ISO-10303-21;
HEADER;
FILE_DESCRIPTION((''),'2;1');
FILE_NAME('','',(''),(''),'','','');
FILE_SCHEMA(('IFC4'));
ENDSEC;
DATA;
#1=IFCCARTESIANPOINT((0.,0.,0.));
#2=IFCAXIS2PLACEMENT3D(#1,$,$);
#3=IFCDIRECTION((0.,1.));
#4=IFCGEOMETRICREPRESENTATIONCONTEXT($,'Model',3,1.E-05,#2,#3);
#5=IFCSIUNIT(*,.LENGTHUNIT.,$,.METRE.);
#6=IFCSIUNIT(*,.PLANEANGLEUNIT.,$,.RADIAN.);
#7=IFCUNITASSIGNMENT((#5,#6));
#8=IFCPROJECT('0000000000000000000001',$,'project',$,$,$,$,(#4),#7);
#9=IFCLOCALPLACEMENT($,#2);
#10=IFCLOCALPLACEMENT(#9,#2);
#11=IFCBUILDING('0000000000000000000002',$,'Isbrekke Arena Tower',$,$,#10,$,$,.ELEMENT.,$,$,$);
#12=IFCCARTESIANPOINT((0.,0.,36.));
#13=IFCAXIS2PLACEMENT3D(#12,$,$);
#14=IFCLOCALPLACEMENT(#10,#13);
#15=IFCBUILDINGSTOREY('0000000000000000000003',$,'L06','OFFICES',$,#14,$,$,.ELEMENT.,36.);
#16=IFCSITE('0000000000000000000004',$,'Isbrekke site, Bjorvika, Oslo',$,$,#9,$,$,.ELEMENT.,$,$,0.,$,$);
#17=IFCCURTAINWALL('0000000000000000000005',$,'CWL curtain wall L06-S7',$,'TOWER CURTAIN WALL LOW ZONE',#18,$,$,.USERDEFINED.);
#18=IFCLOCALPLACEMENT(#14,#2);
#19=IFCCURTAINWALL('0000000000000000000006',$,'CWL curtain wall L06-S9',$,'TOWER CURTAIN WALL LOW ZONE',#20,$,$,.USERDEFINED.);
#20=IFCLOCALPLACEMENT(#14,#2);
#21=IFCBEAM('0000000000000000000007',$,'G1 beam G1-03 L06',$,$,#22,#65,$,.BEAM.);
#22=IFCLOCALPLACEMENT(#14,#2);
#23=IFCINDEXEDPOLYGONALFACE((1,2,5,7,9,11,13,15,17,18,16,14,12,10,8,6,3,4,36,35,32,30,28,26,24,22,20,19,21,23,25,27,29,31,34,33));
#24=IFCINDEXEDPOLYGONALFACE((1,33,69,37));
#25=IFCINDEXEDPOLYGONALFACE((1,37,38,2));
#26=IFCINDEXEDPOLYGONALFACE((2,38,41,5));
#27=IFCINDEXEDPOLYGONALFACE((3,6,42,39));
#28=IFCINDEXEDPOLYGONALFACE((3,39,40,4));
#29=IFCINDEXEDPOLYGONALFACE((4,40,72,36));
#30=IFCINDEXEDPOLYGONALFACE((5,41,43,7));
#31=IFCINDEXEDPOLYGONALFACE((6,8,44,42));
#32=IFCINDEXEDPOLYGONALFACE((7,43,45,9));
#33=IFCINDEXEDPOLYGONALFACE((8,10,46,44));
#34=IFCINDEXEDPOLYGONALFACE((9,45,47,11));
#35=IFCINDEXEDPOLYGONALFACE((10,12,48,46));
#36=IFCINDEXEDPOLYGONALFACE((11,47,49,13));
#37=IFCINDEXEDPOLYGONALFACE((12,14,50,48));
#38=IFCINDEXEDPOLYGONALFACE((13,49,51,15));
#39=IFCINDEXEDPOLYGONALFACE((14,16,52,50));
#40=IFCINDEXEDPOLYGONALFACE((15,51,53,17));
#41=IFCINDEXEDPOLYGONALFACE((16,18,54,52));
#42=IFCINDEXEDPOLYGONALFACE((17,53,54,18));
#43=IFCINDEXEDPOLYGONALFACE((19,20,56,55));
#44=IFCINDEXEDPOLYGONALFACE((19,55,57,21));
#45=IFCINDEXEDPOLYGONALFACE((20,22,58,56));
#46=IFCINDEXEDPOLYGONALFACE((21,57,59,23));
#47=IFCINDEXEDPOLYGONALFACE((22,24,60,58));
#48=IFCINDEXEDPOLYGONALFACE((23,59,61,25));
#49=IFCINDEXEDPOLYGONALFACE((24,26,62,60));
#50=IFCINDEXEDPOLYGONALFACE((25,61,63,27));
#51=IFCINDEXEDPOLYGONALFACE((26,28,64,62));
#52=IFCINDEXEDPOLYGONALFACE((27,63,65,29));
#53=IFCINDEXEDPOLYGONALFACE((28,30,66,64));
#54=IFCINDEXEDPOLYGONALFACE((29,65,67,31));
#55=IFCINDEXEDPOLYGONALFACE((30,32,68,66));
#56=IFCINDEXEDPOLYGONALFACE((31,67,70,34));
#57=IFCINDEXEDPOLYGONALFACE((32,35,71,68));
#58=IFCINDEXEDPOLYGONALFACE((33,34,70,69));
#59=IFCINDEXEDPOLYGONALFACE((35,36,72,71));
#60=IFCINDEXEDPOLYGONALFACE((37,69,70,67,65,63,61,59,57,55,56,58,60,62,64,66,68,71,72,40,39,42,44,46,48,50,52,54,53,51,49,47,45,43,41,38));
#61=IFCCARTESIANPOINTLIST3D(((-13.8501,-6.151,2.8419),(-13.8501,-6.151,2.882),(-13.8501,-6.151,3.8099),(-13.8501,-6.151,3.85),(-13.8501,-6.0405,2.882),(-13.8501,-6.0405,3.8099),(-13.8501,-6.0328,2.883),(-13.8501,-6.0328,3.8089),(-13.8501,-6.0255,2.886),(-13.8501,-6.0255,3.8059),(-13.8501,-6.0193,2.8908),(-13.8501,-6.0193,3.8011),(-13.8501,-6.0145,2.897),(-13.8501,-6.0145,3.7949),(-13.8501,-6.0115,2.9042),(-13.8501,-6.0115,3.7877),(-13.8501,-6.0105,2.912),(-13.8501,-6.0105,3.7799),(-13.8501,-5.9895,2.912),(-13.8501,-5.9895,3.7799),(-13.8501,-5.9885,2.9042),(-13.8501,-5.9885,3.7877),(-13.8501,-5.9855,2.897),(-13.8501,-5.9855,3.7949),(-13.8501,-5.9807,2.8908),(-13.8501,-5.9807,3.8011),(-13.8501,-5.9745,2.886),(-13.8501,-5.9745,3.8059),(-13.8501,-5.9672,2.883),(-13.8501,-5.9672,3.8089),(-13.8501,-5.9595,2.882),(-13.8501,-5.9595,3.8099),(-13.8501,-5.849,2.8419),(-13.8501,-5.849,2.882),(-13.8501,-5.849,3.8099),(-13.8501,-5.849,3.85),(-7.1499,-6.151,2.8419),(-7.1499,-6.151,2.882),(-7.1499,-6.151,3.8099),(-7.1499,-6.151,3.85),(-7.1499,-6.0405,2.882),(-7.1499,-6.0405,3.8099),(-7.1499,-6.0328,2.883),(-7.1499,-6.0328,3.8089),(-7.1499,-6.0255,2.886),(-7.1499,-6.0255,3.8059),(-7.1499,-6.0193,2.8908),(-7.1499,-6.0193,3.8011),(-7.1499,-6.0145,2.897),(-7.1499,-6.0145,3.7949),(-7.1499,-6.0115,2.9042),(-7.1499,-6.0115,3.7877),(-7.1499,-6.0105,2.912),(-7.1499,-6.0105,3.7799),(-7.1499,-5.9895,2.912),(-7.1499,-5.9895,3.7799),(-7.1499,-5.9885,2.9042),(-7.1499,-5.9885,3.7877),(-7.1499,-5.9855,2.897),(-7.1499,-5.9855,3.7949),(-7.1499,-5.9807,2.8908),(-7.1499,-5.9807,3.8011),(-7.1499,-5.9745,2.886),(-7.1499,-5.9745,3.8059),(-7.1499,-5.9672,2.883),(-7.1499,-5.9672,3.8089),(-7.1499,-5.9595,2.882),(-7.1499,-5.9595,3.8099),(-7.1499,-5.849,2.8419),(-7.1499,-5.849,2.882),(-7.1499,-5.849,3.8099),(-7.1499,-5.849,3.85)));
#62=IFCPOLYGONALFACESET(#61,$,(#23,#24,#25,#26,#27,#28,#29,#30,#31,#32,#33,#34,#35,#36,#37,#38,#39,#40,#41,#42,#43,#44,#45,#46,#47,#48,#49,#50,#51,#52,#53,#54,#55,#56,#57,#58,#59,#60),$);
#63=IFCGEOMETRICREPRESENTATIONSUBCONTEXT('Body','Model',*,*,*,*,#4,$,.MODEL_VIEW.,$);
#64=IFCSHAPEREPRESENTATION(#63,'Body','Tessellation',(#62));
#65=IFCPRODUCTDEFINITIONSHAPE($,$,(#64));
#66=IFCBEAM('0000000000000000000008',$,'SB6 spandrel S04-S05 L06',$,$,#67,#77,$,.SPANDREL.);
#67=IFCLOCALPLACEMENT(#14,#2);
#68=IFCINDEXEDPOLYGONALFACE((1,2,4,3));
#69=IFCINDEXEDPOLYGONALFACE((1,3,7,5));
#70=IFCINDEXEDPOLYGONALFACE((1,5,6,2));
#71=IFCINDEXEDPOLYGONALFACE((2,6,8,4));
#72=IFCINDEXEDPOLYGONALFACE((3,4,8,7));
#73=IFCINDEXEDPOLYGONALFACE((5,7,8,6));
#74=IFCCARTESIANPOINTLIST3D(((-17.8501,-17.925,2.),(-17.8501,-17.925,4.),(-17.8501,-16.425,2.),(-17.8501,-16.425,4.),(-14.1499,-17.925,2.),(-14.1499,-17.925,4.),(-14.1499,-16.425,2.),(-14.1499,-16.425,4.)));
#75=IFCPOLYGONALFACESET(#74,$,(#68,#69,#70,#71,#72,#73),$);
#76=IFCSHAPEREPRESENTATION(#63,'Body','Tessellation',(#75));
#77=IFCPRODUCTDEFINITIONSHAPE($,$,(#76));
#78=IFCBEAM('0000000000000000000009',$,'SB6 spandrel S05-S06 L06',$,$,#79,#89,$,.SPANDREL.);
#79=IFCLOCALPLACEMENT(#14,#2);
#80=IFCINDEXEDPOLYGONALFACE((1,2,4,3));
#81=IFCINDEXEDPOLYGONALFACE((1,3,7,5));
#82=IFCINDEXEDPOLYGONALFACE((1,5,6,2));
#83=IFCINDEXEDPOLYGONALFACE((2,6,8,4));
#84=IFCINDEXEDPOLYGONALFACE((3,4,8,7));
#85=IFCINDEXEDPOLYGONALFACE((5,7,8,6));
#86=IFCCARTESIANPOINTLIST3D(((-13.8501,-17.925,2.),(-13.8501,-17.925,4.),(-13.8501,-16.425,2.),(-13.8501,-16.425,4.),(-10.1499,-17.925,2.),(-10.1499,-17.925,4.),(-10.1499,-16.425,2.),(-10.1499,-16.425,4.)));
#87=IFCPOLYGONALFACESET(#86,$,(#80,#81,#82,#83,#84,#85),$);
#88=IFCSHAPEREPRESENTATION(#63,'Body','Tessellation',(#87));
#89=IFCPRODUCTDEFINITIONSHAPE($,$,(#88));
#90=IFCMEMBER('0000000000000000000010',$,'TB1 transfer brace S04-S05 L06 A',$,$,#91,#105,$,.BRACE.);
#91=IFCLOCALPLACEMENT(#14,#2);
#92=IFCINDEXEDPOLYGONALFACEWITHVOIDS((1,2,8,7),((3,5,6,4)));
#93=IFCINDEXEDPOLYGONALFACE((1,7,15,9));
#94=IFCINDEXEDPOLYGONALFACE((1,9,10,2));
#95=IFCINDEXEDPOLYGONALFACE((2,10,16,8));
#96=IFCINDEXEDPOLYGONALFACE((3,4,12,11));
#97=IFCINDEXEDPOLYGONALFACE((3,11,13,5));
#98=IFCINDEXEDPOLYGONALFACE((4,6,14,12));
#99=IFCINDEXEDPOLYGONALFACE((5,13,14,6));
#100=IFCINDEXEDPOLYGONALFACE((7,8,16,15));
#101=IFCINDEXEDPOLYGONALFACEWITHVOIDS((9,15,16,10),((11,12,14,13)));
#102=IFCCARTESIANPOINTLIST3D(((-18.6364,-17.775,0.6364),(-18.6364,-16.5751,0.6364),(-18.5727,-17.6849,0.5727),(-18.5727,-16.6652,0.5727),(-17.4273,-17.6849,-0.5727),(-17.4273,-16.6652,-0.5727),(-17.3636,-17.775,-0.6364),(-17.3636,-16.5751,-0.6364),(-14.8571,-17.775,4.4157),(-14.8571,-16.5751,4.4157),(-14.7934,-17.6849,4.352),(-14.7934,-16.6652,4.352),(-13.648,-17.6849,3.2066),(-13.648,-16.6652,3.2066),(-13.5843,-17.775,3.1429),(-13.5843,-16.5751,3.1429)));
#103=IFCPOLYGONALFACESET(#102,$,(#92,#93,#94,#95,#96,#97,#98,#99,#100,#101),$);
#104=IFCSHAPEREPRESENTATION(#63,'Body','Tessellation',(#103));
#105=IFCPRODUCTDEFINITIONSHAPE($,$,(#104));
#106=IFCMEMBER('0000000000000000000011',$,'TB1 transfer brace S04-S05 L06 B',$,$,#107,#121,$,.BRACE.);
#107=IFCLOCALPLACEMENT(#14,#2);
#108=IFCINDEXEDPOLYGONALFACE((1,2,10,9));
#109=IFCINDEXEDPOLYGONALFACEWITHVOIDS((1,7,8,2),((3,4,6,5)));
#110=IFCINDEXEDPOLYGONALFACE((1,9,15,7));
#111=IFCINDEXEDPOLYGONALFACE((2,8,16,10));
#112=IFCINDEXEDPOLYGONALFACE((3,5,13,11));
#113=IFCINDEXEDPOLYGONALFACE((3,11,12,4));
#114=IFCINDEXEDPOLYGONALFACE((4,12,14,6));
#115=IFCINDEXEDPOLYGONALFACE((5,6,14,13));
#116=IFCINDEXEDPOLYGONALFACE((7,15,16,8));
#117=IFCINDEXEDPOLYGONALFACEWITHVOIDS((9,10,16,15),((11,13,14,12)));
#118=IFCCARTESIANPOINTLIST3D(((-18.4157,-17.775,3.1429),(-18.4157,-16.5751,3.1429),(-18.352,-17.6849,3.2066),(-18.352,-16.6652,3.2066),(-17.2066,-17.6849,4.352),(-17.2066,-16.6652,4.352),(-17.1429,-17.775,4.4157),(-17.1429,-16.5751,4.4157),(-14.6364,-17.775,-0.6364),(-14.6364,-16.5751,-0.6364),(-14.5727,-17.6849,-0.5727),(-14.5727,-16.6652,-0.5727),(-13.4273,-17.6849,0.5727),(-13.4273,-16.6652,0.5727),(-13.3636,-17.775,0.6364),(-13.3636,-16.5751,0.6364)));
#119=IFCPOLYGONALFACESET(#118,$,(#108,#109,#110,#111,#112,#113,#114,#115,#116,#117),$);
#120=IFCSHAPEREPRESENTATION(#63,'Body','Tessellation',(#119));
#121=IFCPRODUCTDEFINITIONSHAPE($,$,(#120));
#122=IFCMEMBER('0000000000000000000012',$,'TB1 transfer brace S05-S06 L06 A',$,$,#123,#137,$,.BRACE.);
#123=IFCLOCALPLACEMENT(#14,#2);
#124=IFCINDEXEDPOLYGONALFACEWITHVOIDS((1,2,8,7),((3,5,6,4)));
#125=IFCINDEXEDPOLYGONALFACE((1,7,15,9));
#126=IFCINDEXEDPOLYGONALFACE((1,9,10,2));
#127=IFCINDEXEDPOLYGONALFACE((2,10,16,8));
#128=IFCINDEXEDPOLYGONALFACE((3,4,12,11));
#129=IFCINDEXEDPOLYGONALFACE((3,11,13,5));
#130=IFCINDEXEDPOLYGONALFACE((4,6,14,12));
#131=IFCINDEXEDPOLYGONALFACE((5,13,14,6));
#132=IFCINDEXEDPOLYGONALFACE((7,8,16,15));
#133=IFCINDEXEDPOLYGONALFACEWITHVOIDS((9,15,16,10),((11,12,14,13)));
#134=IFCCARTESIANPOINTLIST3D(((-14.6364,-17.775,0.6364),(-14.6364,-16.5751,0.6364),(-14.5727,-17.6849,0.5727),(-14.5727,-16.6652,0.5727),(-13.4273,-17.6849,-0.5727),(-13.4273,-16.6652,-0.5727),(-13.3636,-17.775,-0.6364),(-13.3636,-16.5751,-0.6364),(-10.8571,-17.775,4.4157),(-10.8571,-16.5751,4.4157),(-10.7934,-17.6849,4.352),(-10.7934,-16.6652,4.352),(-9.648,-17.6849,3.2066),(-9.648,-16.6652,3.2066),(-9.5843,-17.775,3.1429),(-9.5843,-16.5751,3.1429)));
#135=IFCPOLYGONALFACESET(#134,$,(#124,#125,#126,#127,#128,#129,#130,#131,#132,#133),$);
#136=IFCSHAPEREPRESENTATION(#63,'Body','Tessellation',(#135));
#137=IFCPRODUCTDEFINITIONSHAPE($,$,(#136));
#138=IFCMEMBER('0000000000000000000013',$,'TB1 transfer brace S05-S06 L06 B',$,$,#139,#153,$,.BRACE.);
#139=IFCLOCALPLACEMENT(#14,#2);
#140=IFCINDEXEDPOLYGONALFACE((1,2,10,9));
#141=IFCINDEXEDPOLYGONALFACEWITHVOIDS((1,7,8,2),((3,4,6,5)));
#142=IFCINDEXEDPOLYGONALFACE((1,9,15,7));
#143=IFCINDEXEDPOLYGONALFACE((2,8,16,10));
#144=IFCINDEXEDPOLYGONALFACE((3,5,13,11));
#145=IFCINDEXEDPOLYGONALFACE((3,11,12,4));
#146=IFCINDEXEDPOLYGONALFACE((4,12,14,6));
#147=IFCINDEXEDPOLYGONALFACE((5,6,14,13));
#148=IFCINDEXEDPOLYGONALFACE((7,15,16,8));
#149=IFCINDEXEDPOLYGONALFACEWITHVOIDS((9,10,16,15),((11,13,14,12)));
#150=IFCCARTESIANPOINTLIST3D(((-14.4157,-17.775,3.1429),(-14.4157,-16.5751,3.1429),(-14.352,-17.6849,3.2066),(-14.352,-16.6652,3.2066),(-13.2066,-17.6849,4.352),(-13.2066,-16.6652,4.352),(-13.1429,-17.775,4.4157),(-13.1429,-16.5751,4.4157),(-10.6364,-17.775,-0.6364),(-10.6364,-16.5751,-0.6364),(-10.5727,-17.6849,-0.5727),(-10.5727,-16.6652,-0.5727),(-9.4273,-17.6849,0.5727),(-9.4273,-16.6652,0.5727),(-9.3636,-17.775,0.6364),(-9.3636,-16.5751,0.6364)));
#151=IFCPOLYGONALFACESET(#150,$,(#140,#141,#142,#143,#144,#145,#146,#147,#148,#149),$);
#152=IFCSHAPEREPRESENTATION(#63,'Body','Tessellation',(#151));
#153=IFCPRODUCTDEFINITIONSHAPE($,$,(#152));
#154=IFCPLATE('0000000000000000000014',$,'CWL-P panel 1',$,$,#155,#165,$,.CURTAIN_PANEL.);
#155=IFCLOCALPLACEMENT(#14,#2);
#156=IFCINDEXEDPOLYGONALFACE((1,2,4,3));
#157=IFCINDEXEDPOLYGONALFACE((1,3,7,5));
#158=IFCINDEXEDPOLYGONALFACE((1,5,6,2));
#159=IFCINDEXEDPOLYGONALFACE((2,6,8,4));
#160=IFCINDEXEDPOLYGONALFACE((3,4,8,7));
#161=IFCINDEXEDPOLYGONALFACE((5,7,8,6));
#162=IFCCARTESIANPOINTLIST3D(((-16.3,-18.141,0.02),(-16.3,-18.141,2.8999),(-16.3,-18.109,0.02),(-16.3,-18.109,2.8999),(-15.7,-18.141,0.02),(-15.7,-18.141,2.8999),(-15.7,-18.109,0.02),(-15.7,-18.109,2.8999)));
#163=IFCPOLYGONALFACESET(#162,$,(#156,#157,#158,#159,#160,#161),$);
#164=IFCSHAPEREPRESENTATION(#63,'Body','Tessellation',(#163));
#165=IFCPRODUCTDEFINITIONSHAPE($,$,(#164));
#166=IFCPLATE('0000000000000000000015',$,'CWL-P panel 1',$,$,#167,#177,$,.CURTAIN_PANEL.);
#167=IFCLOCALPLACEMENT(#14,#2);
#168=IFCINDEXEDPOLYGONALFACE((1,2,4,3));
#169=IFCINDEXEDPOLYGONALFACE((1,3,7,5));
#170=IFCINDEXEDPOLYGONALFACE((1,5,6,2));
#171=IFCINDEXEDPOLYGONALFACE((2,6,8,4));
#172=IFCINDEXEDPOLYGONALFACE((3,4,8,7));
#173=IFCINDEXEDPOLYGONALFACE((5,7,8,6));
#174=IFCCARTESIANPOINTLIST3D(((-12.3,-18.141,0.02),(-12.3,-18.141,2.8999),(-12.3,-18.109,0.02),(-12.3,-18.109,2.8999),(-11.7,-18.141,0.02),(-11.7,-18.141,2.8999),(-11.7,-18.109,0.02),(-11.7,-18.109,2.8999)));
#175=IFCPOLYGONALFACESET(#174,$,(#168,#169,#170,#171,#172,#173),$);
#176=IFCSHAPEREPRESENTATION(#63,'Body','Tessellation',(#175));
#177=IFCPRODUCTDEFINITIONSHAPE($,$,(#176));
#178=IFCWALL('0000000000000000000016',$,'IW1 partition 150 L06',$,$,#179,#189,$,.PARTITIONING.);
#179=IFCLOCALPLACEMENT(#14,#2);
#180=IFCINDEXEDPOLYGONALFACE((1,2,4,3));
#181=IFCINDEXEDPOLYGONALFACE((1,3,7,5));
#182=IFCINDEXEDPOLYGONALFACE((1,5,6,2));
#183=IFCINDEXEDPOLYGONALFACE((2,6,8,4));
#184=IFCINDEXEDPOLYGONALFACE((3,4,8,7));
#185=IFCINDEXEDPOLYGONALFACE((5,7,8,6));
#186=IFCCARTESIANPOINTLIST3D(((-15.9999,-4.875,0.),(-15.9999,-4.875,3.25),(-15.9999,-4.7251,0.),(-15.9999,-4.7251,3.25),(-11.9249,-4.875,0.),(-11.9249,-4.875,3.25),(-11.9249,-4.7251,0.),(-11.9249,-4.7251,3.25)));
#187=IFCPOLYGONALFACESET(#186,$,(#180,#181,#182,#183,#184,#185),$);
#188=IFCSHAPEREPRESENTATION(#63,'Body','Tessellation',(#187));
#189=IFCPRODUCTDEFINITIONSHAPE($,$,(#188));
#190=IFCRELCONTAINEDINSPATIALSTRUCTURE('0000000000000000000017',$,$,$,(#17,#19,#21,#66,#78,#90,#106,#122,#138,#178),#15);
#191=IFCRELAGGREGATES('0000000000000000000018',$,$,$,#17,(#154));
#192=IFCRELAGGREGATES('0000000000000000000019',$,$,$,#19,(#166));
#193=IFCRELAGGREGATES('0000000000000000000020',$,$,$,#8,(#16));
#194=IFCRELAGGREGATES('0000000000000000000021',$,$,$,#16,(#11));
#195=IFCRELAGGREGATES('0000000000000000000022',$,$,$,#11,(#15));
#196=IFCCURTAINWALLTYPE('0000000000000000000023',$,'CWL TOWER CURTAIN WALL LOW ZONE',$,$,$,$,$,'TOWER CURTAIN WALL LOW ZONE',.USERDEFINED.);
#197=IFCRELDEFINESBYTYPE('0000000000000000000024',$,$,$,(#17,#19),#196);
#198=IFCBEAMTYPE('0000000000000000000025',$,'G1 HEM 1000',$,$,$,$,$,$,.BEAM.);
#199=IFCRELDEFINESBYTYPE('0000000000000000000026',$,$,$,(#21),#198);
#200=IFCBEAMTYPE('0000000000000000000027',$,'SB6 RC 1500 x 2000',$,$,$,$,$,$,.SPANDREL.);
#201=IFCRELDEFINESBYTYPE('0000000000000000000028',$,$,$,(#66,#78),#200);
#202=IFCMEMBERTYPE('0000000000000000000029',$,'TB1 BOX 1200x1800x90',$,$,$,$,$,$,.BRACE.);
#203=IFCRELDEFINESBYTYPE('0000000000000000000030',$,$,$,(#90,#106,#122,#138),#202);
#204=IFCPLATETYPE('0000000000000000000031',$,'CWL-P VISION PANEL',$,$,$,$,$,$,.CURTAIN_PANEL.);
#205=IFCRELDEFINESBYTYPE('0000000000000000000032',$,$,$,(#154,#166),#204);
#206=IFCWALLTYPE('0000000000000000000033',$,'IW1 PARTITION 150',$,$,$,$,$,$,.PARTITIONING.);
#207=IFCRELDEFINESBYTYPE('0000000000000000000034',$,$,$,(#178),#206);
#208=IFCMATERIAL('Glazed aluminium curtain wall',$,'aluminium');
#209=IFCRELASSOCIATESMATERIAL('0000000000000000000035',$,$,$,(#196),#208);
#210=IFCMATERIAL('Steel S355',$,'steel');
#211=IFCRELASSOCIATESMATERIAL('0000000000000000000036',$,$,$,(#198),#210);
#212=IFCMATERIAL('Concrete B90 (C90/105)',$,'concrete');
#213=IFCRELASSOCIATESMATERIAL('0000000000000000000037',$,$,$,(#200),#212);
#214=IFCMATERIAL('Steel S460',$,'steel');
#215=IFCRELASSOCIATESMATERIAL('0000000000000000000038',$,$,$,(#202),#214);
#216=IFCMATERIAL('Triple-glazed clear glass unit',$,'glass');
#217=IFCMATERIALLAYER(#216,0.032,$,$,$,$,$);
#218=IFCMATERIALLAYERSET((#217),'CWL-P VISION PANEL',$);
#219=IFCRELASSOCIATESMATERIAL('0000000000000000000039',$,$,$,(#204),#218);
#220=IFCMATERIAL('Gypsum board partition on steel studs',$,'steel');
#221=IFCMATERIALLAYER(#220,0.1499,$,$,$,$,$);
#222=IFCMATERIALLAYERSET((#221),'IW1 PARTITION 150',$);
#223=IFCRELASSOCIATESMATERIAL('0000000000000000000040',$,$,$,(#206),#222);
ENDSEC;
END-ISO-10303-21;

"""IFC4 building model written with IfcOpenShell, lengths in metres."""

from ifc_helpers import new_model, si_unit, direction, frame, frame_2d, origin, origin_2d, place, context, subcontext, project, spatial, rectangle, hollow_rectangle, i_section, extrude, material, layer, layer_set, material_profile, profile_set, type_object, element, aggregate, save


model = new_model("IFC4")

# Units and contexts
model_context = context("Model", 3, precision=1e-05, world=origin(), true_north=direction((0.0, 1.0)))
body_context = subcontext(model_context, "Body", "Model", "MODEL_VIEW")
ifc_project = project(units=[si_unit("LENGTHUNIT", "METRE"), si_unit("PLANEANGLEUNIT", "RADIAN")], contexts=[model_context])

# Site, building, storey
site_placement = place(None, origin())
site = spatial("IfcSite", under=ifc_project, at=site_placement, Name="Isbrekke site, Bjorvika, Oslo", CompositionType="ELEMENT", RefElevation=0.0)
building_placement = place(site_placement, origin())
building = spatial("IfcBuilding", under=site, at=building_placement, Name="Isbrekke Arena Tower", CompositionType="ELEMENT")
storey_placement = place(building_placement, frame((0.0, 0.0, 36.0)))
storey = spatial("IfcBuildingStorey", under=building, at=storey_placement, Name="L06", Description="OFFICES", CompositionType="ELEMENT", Elevation=36.0)

# Shared definitions
ifc_material_1 = material(Name="Glazed aluminium curtain wall", Category="aluminium")
curtain_wall_type = type_object("IfcCurtainWallType", Name="CWL TOWER CURTAIN WALL LOW ZONE", ElementType="TOWER CURTAIN WALL LOW ZONE", PredefinedType="USERDEFINED", material=ifc_material_1)

# Curtain walls
curtain_wall_1_placement = place(storey_placement, origin())
curtain_wall_1 = element("IfcCurtainWall", 1, at=curtain_wall_1_placement, inside=storey, type_object=curtain_wall_type, Name="CWL curtain wall L06-S7", ObjectType="TOWER CURTAIN WALL LOW ZONE", PredefinedType="USERDEFINED")
curtain_wall_2_placement = place(storey_placement, origin())
curtain_wall_2 = element("IfcCurtainWall", 2, at=curtain_wall_2_placement, inside=storey, type_object=curtain_wall_type, Name="CWL curtain wall L06-S9", ObjectType="TOWER CURTAIN WALL LOW ZONE", PredefinedType="USERDEFINED")

# Beams
ifc_material_2 = material(Name="Steel S355", Category="steel")
ifc_material_profile_1 = material_profile(ifc_material_2, i_section(OverallWidth=0.302, OverallDepth=1.0081, WebThickness=0.021, FlangeThickness=0.04, FilletRadius=0.03, at=origin_2d()), Name="HEM 1000")
ifc_profile_set_1 = profile_set([ifc_material_profile_1], Name="Steel S355")
beam_type_1 = type_object("IfcBeamType", Name="G1 HEM 1000", PredefinedType="BEAM", material=ifc_profile_set_1)
beam_1_placement = place(storey_placement, frame((-13.8501, -6.0, 3.3459), z_axis=(1.0, 0.0, 0.0), x_axis=(0.0, 1.0, 0.0)))
element("IfcBeam", 3, at=beam_1_placement, inside=storey, type_object=beam_type_1, Name="G1 beam G1-03 L06", PredefinedType="BEAM", context=body_context, shape_type="SweptSolid", body=[
    extrude(i_section(OverallWidth=0.302, OverallDepth=1.0081, WebThickness=0.021, FlangeThickness=0.04, FilletRadius=0.03, at=origin_2d()), origin(), (0.0, 0.0, 1.0), 6.7002),
])
ifc_material_3 = material(Name="Concrete B90 (C90/105)", Category="concrete")
ifc_material_profile_2 = material_profile(ifc_material_3, rectangle(XDim=1.5, YDim=2.0, at=origin_2d()), Name="RC 1500x2000")
ifc_profile_set_2 = profile_set([ifc_material_profile_2], Name="Concrete B90 (C90/105)")
beam_type_2 = type_object("IfcBeamType", Name="SB6 RC 1500 x 2000", PredefinedType="SPANDREL", material=ifc_profile_set_2)
for number, where, z_axis, x_axis, name in (
    (4, (-17.8501, -17.175, 3.0), (1.0, 0.0, 0.0), (0.0, 1.0, 0.0), "SB6 spandrel S04-S05 L06"),
    (5, (-13.8501, -17.175, 3.0), (1.0, 0.0, 0.0), (0.0, 1.0, 0.0), "SB6 spandrel S05-S06 L06"),
):
    element("IfcBeam", number, at=place(storey_placement, frame(where, z_axis=z_axis, x_axis=x_axis)), inside=storey, type_object=beam_type_2, Name=name, PredefinedType="SPANDREL", context=body_context, shape_type="SweptSolid", body=[
        extrude(rectangle(XDim=1.5, YDim=2.0, at=origin_2d()), origin(), (0.0, 0.0, 1.0), 3.7002),
    ])

# Members
ifc_material_4 = material(Name="Steel S460", Category="steel")
ifc_material_profile_3 = material_profile(ifc_material_4, hollow_rectangle(XDim=1.2, YDim=1.8, WallThickness=0.0901, at=origin_2d()), Name="BOX 1200x1800x90")
ifc_profile_set_3 = profile_set([ifc_material_profile_3], Name="Steel S460")
member_type_1 = type_object("IfcMemberType", Name="TB1 BOX 1200x1800x90", PredefinedType="BRACE", material=ifc_profile_set_3)
for number, where, z_axis, x_axis, name in (
    (6, (-18.0, -17.175, 0.0), (0.707107, 0.0, 0.707107), (0.0, 1.0, 0.0), "TB1 transfer brace S04-S05 L06 A"),
    (7, (-17.7793, -17.175, 3.7793), (0.707107, 0.0, -0.707107), (0.0, 1.0, 0.0), "TB1 transfer brace S04-S05 L06 B"),
    (8, (-14.0, -17.175, 0.0), (0.707107, 0.0, 0.707107), (0.0, 1.0, 0.0), "TB1 transfer brace S05-S06 L06 A"),
    (9, (-13.7793, -17.175, 3.7793), (0.707107, 0.0, -0.707107), (0.0, 1.0, 0.0), "TB1 transfer brace S05-S06 L06 B"),
):
    element("IfcMember", number, at=place(storey_placement, frame(where, z_axis=z_axis, x_axis=x_axis)), inside=storey, type_object=member_type_1, Name=name, PredefinedType="BRACE", context=body_context, shape_type="SweptSolid", body=[
        extrude(hollow_rectangle(XDim=1.2, YDim=1.8, WallThickness=0.0901, at=origin_2d()), origin(), (0.0, 0.0, 1.0), 5.3447),
    ])

# Plates
ifc_material_5 = material(Name="Triple-glazed clear glass unit", Category="glass")
ifc_layer_1 = layer(ifc_material_5, 0.032)
ifc_layer_set_1 = layer_set([ifc_layer_1], Name="CWL-P VISION PANEL")
plate_type = type_object("IfcPlateType", Name="CWL-P VISION PANEL", PredefinedType="CURTAIN_PANEL", material=ifc_layer_set_1)
plate_1_placement = place(storey_placement, frame((-16.0, -18.125, 0.02), z_axis=(0.0, 0.0, 1.0), x_axis=(1.0, 0.0, 0.0)))
plate_1 = element("IfcPlate", 10, at=plate_1_placement, type_object=plate_type, Name="CWL-P panel 1", PredefinedType="CURTAIN_PANEL", context=body_context, shape_type="SweptSolid", body=[
    extrude(rectangle(XDim=0.6001, YDim=0.032, at=origin_2d()), origin(), (0.0, 0.0, 1.0), 2.8799),
])
aggregate(curtain_wall_1, [plate_1])
plate_2_placement = place(storey_placement, frame((-12.0, -18.125, 0.02), z_axis=(0.0, 0.0, 1.0), x_axis=(1.0, 0.0, 0.0)))
plate_2 = element("IfcPlate", 11, at=plate_2_placement, type_object=plate_type, Name="CWL-P panel 1", PredefinedType="CURTAIN_PANEL", context=body_context, shape_type="SweptSolid", body=[
    extrude(rectangle(XDim=0.6001, YDim=0.032, at=origin_2d()), origin(), (0.0, 0.0, 1.0), 2.8799),
])
aggregate(curtain_wall_2, [plate_2])

# Wall
ifc_material_6 = material(Name="Gypsum board partition on steel studs", Category="steel")
ifc_layer_2 = layer(ifc_material_6, 0.1499)
ifc_layer_set_2 = layer_set([ifc_layer_2], Name="IW1 PARTITION 150")
wall_type_1 = type_object("IfcWallType", Name="IW1 PARTITION 150", PredefinedType="PARTITIONING", material=ifc_layer_set_2)
wall_1_placement = place(storey_placement, frame((-16.0, -4.8, 0.0), z_axis=(0.0, 0.0, 1.0), x_axis=(1.0, 0.0, 0.0)))
element("IfcWall", 12, at=wall_1_placement, inside=storey, type_object=wall_type_1, Name="IW1 partition 150 L06", PredefinedType="PARTITIONING", context=body_context, shape_type="SweptSolid", body=[
    extrude(rectangle(XDim=4.075, YDim=0.1499, at=frame_2d((2.0376, 0.0))), origin(), (0.0, 0.0, 1.0), 3.25),
])

save(model, "model.ifc")
